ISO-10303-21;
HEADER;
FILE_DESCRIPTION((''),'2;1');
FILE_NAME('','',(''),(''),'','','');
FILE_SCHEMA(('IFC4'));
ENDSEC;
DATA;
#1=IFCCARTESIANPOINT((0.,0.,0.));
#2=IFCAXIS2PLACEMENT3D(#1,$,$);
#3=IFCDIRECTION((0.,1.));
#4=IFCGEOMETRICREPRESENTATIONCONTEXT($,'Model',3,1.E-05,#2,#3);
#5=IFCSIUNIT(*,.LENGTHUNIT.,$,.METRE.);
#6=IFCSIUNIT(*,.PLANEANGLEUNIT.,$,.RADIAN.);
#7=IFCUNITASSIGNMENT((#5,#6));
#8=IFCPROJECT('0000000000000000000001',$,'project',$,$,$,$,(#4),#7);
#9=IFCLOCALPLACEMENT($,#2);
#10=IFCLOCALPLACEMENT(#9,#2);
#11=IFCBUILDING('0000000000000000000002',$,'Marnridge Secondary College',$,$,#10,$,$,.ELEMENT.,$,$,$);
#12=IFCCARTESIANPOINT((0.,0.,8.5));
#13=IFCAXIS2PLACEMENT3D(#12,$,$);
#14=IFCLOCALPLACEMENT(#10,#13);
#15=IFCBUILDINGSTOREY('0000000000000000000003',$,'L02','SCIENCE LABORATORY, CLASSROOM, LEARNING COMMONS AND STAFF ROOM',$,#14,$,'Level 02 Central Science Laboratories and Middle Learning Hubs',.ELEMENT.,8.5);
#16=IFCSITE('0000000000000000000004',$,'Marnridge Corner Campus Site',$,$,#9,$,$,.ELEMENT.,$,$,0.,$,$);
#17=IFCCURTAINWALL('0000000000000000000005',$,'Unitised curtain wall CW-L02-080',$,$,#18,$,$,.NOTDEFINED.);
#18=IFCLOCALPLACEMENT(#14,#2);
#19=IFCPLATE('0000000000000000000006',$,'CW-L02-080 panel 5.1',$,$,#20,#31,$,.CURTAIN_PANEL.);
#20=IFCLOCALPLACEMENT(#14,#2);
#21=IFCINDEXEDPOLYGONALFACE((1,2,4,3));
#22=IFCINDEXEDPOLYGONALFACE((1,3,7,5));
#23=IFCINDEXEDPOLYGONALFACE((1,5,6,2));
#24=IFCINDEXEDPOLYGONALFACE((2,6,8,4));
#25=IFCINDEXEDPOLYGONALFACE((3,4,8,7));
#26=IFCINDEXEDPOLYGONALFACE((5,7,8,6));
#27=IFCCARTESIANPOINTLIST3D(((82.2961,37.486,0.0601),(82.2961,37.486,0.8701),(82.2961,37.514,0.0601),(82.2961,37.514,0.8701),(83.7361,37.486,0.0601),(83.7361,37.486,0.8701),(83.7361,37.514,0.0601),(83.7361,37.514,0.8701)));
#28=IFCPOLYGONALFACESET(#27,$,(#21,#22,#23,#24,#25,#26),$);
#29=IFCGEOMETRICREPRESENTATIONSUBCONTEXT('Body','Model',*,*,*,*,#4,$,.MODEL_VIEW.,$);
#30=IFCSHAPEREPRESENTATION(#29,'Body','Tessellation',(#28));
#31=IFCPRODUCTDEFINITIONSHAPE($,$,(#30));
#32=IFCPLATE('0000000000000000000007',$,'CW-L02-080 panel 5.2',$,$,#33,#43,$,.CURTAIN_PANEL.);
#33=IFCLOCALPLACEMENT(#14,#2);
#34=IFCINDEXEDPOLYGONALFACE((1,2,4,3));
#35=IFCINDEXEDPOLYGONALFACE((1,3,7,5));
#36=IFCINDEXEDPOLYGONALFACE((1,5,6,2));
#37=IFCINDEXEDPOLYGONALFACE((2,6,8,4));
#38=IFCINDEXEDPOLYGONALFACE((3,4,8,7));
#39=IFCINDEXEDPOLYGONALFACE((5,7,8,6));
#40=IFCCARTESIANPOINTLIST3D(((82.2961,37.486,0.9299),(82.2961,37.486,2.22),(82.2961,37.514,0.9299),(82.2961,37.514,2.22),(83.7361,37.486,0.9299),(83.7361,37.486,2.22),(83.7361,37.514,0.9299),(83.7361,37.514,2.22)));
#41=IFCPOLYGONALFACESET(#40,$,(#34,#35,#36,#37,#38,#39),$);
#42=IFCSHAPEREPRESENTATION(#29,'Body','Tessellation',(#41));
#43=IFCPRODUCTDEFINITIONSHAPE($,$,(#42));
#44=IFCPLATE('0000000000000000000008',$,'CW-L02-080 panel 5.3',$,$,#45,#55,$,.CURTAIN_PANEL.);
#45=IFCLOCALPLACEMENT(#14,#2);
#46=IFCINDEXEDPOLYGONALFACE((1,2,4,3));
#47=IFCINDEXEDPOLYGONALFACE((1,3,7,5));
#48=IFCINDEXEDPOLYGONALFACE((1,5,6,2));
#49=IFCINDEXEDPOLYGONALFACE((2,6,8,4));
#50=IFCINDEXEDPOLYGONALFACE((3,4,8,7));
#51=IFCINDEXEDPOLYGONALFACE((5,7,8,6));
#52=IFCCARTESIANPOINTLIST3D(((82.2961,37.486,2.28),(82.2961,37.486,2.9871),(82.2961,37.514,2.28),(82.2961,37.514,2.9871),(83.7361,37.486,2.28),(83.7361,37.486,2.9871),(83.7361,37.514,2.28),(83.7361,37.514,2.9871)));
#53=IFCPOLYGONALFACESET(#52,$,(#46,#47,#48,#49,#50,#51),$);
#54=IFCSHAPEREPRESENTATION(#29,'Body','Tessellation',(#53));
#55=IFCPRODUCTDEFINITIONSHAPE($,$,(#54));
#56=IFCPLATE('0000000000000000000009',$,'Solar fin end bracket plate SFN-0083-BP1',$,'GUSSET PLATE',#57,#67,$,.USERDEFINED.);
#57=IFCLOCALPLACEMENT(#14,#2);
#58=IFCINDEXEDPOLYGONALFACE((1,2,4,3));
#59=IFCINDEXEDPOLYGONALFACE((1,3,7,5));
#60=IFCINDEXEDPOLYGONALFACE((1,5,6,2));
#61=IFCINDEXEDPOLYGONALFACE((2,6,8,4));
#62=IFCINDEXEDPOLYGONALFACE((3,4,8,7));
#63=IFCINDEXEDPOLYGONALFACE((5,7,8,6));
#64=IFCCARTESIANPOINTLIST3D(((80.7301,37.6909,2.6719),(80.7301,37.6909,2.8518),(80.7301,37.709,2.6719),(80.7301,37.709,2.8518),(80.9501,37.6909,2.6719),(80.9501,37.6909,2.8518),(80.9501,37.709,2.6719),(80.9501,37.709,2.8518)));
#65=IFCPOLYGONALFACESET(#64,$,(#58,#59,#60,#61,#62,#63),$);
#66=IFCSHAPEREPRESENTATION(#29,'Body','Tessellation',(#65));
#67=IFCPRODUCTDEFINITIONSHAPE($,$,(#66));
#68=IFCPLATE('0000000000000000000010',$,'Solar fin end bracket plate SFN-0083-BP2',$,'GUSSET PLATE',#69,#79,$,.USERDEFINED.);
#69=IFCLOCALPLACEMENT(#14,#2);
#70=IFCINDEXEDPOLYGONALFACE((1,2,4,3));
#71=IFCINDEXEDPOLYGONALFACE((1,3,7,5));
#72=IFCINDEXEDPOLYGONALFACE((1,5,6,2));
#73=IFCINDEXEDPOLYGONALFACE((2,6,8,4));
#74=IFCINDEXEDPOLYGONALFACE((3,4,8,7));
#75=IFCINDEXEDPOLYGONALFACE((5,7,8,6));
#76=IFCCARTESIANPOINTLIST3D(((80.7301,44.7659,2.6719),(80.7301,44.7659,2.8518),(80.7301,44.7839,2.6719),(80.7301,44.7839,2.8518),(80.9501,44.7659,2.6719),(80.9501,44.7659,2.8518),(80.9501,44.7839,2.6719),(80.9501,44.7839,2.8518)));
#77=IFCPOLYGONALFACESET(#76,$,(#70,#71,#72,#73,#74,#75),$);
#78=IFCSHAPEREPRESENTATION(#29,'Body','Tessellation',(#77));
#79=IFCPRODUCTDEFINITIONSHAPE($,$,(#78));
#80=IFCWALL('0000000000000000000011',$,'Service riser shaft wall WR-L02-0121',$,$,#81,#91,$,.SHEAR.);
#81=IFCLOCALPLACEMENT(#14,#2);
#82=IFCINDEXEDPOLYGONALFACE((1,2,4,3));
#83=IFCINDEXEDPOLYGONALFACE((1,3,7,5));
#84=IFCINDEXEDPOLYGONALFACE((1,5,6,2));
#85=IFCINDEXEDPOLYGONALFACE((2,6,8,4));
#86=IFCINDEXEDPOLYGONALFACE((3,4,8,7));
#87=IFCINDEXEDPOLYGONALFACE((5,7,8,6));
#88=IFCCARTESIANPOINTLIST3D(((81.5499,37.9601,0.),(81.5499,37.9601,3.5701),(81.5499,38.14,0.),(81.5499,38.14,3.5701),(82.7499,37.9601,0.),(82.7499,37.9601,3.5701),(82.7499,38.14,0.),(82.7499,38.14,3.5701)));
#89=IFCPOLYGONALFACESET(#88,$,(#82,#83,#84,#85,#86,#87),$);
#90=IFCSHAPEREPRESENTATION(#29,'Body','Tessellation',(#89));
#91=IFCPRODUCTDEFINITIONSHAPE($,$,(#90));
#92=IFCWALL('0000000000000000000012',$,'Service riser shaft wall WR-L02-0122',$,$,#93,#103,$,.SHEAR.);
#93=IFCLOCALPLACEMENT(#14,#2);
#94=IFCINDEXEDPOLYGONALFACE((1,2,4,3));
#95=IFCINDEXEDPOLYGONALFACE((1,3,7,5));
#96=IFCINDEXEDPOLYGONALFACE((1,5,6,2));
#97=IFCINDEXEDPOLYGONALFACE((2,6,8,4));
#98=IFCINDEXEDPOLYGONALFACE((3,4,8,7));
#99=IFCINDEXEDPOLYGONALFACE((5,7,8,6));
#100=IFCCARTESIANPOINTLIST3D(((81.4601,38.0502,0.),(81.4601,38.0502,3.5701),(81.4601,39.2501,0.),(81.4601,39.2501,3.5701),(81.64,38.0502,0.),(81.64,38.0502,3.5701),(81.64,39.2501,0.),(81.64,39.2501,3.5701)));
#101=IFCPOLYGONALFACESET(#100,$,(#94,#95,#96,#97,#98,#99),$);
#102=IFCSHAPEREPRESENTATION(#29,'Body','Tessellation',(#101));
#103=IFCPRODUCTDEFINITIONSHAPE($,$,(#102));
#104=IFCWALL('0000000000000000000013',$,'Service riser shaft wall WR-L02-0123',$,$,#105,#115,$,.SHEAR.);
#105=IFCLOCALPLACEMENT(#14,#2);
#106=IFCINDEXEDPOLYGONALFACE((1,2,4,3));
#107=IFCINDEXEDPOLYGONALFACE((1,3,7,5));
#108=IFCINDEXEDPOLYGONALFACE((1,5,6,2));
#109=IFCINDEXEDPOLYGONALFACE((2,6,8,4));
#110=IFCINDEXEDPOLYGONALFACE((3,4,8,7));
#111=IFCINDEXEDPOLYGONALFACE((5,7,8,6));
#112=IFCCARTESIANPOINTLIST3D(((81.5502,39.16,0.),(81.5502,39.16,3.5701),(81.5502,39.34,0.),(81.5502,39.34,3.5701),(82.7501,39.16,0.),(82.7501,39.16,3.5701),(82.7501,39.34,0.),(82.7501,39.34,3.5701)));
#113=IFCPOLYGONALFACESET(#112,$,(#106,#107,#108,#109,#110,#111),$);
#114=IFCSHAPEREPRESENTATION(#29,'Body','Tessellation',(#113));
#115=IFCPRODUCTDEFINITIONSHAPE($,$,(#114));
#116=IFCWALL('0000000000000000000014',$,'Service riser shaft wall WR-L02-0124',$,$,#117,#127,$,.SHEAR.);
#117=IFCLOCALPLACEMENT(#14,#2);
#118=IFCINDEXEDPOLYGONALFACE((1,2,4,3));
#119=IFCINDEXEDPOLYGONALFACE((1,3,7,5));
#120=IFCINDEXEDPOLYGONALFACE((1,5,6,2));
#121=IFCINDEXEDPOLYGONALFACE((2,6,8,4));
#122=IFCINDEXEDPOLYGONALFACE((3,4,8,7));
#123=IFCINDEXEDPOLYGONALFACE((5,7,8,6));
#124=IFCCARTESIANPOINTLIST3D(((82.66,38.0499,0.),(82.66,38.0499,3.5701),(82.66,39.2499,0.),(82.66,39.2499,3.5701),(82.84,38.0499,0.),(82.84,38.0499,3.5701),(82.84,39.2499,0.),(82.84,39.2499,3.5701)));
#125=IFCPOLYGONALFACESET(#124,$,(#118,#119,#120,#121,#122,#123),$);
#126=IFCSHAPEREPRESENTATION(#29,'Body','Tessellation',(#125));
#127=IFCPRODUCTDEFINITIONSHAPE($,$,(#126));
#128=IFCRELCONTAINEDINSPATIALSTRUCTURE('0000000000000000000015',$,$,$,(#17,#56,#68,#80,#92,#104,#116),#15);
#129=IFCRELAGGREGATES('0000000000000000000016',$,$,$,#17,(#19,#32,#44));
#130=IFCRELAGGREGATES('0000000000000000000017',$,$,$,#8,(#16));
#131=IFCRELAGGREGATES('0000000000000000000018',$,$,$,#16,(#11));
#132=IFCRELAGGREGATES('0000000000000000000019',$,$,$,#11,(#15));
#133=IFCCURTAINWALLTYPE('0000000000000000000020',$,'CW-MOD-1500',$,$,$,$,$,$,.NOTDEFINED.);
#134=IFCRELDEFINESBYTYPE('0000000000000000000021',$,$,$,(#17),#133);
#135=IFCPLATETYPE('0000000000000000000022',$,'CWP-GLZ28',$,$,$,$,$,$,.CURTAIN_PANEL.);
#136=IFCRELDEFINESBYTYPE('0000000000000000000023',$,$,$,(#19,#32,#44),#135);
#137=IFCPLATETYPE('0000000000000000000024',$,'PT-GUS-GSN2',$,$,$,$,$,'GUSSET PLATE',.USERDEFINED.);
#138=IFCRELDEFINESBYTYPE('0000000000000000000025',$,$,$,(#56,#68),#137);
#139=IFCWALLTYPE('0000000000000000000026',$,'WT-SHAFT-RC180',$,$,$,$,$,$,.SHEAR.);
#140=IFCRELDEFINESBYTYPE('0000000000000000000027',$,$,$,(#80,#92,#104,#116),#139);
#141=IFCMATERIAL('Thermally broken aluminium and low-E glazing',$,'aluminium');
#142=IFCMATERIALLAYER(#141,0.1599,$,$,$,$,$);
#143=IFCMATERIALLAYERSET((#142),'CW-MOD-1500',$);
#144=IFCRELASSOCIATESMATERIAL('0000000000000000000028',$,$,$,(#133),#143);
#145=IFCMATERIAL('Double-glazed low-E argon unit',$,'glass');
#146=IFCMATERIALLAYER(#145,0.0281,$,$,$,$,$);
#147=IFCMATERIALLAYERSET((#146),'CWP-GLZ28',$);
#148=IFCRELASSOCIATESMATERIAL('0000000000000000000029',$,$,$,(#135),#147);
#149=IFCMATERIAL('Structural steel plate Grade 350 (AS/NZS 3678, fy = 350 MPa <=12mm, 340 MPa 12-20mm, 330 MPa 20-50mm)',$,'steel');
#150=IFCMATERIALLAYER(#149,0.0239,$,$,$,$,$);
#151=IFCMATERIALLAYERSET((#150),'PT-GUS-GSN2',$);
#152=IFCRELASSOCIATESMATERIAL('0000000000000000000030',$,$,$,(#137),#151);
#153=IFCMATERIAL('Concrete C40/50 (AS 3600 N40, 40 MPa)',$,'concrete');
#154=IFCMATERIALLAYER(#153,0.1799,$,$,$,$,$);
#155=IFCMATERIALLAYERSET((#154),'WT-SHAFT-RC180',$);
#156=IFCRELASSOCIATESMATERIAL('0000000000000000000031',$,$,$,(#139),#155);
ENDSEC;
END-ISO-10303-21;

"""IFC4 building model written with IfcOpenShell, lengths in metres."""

from ifc_helpers import new_model, si_unit, direction, frame, frame_2d, origin, origin_2d, place, context, subcontext, project, spatial, rectangle, extrude, material, layer, layer_set, type_object, element, aggregate, save


model = new_model("IFC4")

# Units and contexts
model_context = context("Model", 3, precision=1e-05, world=origin(), true_north=direction((0.0, 1.0)))
body_context = subcontext(model_context, "Body", "Model", "MODEL_VIEW")
ifc_project = project(units=[si_unit("LENGTHUNIT", "METRE"), si_unit("PLANEANGLEUNIT", "RADIAN")], contexts=[model_context])

# Site, building, storey
site_placement = place(None, origin())
site = spatial("IfcSite", under=ifc_project, at=site_placement, Name="Marnridge Corner Campus Site", CompositionType="ELEMENT", RefElevation=0.0)
building_placement = place(site_placement, origin())
building = spatial("IfcBuilding", under=site, at=building_placement, Name="Marnridge Secondary College", CompositionType="ELEMENT")
storey_placement = place(building_placement, frame((0.0, 0.0, 8.5)))
storey = spatial("IfcBuildingStorey", under=building, at=storey_placement, Name="L02", Description="SCIENCE LABORATORY, CLASSROOM, LEARNING COMMONS AND STAFF ROOM", LongName="Level 02 Central Science Laboratories and Middle Learning Hubs", CompositionType="ELEMENT", Elevation=8.5)

# Curtain wall
ifc_material_1 = material(Name="Thermally broken aluminium and low-E glazing", Category="aluminium")
ifc_layer_1 = layer(ifc_material_1, 0.1599)
ifc_layer_set_1 = layer_set([ifc_layer_1], Name="CW-MOD-1500")
curtain_wall_type = type_object("IfcCurtainWallType", Name="CW-MOD-1500", PredefinedType="NOTDEFINED", material=ifc_layer_set_1)
curtain_wall_placement = place(storey_placement, origin())
curtain_wall = element("IfcCurtainWall", 1, at=curtain_wall_placement, inside=storey, type_object=curtain_wall_type, Name="Unitised curtain wall CW-L02-080", PredefinedType="NOTDEFINED")

# Plates
ifc_material_2 = material(Name="Double-glazed low-E argon unit", Category="glass")
ifc_layer_2 = layer(ifc_material_2, 0.0281)
ifc_layer_set_2 = layer_set([ifc_layer_2], Name="CWP-GLZ28")
plate_type_1 = type_object("IfcPlateType", Name="CWP-GLZ28", PredefinedType="CURTAIN_PANEL", material=ifc_layer_set_2)
plate_1_placement = place(storey_placement, frame((83.0161, 37.5, 0.0601), z_axis=(0.0, 0.0, 1.0), x_axis=(-1.0, 0.0, 0.0)))
plate_1 = element("IfcPlate", 2, at=plate_1_placement, type_object=plate_type_1, Name="CW-L02-080 panel 5.1", PredefinedType="CURTAIN_PANEL", context=body_context, shape_type="SweptSolid", body=[
    extrude(rectangle(XDim=1.4399, YDim=0.0281, at=origin_2d()), origin(), (0.0, 0.0, 1.0), 0.8101),
])
plate_2_placement = place(storey_placement, frame((83.0161, 37.5, 0.9299), z_axis=(0.0, 0.0, 1.0), x_axis=(-1.0, 0.0, 0.0)))
plate_2 = element("IfcPlate", 3, at=plate_2_placement, type_object=plate_type_1, Name="CW-L02-080 panel 5.2", PredefinedType="CURTAIN_PANEL", context=body_context, shape_type="SweptSolid", body=[
    extrude(rectangle(XDim=1.4399, YDim=0.0281, at=origin_2d()), origin(), (0.0, 0.0, 1.0), 1.29),
])
plate_3_placement = place(storey_placement, frame((83.0161, 37.5, 2.28), z_axis=(0.0, 0.0, 1.0), x_axis=(-1.0, 0.0, 0.0)))
plate_3 = element("IfcPlate", 4, at=plate_3_placement, type_object=plate_type_1, Name="CW-L02-080 panel 5.3", PredefinedType="CURTAIN_PANEL", context=body_context, shape_type="SweptSolid", body=[
    extrude(rectangle(XDim=1.4399, YDim=0.0281, at=origin_2d()), origin(), (0.0, 0.0, 1.0), 0.707),
])
aggregate(curtain_wall, [plate_1, plate_2, plate_3])

# Plates
ifc_material_3 = material(Name="Structural steel plate Grade 350 (AS/NZS 3678, fy = 350 MPa <=12mm, 340 MPa 12-20mm, 330 MPa 20-50mm)", Category="steel")
ifc_layer_3 = layer(ifc_material_3, 0.0239)
ifc_layer_set_3 = layer_set([ifc_layer_3], Name="PT-GUS-GSN2")
plate_type_2 = type_object("IfcPlateType", Name="PT-GUS-GSN2", ElementType="GUSSET PLATE", PredefinedType="USERDEFINED", material=ifc_layer_set_3)
for number, where, z_axis, x_axis, name in (
    (5, (80.8401, 37.7, 2.6719), (0.0, 0.0, 1.0), (1.0, 0.0, 0.0), "Solar fin end bracket plate SFN-0083-BP1"),
    (6, (80.8401, 44.7749, 2.6719), (0.0, 0.0, 1.0), (1.0, 0.0, 0.0), "Solar fin end bracket plate SFN-0083-BP2"),
):
    element("IfcPlate", number, at=place(storey_placement, frame(where, z_axis=z_axis, x_axis=x_axis)), inside=storey, type_object=plate_type_2, Name=name, ObjectType="GUSSET PLATE", PredefinedType="USERDEFINED", context=body_context, shape_type="SweptSolid", body=[
        extrude(rectangle(XDim=0.22, YDim=0.0181, at=origin_2d()), origin(), (0.0, 0.0, 1.0), 0.1799),
    ])

# Walls
ifc_material_4 = material(Name="Concrete C40/50 (AS 3600 N40, 40 MPa)", Category="concrete")
ifc_layer_4 = layer(ifc_material_4, 0.1799)
ifc_layer_set_4 = layer_set([ifc_layer_4], Name="WT-SHAFT-RC180")
wall_type_1 = type_object("IfcWallType", Name="WT-SHAFT-RC180", PredefinedType="SHEAR", material=ifc_layer_set_4)
for number, where, z_axis, x_axis, name in (
    (7, (82.75, 38.05, 0.0), (0.0, 0.0, 1.0), (-1.0, 0.0, 0.0), "Service riser shaft wall WR-L02-0121"),
    (8, (81.55, 38.05, 0.0), (0.0, 0.0, 1.0), (0.0, 1.0, 0.0), "Service riser shaft wall WR-L02-0122"),
    (9, (81.55, 39.25, 0.0), (0.0, 0.0, 1.0), (1.0, 0.0, 0.0), "Service riser shaft wall WR-L02-0123"),
    (10, (82.75, 39.25, 0.0), (0.0, 0.0, 1.0), (0.0, -1.0, 0.0), "Service riser shaft wall WR-L02-0124"),
):
    element("IfcWall", number, at=place(storey_placement, frame(where, z_axis=z_axis, x_axis=x_axis)), inside=storey, type_object=wall_type_1, Name=name, PredefinedType="SHEAR", context=body_context, shape_type="SweptSolid", body=[
        extrude(rectangle(XDim=1.2, YDim=0.1799, at=frame_2d((0.6001, 0.0))), origin(), (0.0, 0.0, 1.0), 3.5701),
    ])

save(model, "model.ifc")
